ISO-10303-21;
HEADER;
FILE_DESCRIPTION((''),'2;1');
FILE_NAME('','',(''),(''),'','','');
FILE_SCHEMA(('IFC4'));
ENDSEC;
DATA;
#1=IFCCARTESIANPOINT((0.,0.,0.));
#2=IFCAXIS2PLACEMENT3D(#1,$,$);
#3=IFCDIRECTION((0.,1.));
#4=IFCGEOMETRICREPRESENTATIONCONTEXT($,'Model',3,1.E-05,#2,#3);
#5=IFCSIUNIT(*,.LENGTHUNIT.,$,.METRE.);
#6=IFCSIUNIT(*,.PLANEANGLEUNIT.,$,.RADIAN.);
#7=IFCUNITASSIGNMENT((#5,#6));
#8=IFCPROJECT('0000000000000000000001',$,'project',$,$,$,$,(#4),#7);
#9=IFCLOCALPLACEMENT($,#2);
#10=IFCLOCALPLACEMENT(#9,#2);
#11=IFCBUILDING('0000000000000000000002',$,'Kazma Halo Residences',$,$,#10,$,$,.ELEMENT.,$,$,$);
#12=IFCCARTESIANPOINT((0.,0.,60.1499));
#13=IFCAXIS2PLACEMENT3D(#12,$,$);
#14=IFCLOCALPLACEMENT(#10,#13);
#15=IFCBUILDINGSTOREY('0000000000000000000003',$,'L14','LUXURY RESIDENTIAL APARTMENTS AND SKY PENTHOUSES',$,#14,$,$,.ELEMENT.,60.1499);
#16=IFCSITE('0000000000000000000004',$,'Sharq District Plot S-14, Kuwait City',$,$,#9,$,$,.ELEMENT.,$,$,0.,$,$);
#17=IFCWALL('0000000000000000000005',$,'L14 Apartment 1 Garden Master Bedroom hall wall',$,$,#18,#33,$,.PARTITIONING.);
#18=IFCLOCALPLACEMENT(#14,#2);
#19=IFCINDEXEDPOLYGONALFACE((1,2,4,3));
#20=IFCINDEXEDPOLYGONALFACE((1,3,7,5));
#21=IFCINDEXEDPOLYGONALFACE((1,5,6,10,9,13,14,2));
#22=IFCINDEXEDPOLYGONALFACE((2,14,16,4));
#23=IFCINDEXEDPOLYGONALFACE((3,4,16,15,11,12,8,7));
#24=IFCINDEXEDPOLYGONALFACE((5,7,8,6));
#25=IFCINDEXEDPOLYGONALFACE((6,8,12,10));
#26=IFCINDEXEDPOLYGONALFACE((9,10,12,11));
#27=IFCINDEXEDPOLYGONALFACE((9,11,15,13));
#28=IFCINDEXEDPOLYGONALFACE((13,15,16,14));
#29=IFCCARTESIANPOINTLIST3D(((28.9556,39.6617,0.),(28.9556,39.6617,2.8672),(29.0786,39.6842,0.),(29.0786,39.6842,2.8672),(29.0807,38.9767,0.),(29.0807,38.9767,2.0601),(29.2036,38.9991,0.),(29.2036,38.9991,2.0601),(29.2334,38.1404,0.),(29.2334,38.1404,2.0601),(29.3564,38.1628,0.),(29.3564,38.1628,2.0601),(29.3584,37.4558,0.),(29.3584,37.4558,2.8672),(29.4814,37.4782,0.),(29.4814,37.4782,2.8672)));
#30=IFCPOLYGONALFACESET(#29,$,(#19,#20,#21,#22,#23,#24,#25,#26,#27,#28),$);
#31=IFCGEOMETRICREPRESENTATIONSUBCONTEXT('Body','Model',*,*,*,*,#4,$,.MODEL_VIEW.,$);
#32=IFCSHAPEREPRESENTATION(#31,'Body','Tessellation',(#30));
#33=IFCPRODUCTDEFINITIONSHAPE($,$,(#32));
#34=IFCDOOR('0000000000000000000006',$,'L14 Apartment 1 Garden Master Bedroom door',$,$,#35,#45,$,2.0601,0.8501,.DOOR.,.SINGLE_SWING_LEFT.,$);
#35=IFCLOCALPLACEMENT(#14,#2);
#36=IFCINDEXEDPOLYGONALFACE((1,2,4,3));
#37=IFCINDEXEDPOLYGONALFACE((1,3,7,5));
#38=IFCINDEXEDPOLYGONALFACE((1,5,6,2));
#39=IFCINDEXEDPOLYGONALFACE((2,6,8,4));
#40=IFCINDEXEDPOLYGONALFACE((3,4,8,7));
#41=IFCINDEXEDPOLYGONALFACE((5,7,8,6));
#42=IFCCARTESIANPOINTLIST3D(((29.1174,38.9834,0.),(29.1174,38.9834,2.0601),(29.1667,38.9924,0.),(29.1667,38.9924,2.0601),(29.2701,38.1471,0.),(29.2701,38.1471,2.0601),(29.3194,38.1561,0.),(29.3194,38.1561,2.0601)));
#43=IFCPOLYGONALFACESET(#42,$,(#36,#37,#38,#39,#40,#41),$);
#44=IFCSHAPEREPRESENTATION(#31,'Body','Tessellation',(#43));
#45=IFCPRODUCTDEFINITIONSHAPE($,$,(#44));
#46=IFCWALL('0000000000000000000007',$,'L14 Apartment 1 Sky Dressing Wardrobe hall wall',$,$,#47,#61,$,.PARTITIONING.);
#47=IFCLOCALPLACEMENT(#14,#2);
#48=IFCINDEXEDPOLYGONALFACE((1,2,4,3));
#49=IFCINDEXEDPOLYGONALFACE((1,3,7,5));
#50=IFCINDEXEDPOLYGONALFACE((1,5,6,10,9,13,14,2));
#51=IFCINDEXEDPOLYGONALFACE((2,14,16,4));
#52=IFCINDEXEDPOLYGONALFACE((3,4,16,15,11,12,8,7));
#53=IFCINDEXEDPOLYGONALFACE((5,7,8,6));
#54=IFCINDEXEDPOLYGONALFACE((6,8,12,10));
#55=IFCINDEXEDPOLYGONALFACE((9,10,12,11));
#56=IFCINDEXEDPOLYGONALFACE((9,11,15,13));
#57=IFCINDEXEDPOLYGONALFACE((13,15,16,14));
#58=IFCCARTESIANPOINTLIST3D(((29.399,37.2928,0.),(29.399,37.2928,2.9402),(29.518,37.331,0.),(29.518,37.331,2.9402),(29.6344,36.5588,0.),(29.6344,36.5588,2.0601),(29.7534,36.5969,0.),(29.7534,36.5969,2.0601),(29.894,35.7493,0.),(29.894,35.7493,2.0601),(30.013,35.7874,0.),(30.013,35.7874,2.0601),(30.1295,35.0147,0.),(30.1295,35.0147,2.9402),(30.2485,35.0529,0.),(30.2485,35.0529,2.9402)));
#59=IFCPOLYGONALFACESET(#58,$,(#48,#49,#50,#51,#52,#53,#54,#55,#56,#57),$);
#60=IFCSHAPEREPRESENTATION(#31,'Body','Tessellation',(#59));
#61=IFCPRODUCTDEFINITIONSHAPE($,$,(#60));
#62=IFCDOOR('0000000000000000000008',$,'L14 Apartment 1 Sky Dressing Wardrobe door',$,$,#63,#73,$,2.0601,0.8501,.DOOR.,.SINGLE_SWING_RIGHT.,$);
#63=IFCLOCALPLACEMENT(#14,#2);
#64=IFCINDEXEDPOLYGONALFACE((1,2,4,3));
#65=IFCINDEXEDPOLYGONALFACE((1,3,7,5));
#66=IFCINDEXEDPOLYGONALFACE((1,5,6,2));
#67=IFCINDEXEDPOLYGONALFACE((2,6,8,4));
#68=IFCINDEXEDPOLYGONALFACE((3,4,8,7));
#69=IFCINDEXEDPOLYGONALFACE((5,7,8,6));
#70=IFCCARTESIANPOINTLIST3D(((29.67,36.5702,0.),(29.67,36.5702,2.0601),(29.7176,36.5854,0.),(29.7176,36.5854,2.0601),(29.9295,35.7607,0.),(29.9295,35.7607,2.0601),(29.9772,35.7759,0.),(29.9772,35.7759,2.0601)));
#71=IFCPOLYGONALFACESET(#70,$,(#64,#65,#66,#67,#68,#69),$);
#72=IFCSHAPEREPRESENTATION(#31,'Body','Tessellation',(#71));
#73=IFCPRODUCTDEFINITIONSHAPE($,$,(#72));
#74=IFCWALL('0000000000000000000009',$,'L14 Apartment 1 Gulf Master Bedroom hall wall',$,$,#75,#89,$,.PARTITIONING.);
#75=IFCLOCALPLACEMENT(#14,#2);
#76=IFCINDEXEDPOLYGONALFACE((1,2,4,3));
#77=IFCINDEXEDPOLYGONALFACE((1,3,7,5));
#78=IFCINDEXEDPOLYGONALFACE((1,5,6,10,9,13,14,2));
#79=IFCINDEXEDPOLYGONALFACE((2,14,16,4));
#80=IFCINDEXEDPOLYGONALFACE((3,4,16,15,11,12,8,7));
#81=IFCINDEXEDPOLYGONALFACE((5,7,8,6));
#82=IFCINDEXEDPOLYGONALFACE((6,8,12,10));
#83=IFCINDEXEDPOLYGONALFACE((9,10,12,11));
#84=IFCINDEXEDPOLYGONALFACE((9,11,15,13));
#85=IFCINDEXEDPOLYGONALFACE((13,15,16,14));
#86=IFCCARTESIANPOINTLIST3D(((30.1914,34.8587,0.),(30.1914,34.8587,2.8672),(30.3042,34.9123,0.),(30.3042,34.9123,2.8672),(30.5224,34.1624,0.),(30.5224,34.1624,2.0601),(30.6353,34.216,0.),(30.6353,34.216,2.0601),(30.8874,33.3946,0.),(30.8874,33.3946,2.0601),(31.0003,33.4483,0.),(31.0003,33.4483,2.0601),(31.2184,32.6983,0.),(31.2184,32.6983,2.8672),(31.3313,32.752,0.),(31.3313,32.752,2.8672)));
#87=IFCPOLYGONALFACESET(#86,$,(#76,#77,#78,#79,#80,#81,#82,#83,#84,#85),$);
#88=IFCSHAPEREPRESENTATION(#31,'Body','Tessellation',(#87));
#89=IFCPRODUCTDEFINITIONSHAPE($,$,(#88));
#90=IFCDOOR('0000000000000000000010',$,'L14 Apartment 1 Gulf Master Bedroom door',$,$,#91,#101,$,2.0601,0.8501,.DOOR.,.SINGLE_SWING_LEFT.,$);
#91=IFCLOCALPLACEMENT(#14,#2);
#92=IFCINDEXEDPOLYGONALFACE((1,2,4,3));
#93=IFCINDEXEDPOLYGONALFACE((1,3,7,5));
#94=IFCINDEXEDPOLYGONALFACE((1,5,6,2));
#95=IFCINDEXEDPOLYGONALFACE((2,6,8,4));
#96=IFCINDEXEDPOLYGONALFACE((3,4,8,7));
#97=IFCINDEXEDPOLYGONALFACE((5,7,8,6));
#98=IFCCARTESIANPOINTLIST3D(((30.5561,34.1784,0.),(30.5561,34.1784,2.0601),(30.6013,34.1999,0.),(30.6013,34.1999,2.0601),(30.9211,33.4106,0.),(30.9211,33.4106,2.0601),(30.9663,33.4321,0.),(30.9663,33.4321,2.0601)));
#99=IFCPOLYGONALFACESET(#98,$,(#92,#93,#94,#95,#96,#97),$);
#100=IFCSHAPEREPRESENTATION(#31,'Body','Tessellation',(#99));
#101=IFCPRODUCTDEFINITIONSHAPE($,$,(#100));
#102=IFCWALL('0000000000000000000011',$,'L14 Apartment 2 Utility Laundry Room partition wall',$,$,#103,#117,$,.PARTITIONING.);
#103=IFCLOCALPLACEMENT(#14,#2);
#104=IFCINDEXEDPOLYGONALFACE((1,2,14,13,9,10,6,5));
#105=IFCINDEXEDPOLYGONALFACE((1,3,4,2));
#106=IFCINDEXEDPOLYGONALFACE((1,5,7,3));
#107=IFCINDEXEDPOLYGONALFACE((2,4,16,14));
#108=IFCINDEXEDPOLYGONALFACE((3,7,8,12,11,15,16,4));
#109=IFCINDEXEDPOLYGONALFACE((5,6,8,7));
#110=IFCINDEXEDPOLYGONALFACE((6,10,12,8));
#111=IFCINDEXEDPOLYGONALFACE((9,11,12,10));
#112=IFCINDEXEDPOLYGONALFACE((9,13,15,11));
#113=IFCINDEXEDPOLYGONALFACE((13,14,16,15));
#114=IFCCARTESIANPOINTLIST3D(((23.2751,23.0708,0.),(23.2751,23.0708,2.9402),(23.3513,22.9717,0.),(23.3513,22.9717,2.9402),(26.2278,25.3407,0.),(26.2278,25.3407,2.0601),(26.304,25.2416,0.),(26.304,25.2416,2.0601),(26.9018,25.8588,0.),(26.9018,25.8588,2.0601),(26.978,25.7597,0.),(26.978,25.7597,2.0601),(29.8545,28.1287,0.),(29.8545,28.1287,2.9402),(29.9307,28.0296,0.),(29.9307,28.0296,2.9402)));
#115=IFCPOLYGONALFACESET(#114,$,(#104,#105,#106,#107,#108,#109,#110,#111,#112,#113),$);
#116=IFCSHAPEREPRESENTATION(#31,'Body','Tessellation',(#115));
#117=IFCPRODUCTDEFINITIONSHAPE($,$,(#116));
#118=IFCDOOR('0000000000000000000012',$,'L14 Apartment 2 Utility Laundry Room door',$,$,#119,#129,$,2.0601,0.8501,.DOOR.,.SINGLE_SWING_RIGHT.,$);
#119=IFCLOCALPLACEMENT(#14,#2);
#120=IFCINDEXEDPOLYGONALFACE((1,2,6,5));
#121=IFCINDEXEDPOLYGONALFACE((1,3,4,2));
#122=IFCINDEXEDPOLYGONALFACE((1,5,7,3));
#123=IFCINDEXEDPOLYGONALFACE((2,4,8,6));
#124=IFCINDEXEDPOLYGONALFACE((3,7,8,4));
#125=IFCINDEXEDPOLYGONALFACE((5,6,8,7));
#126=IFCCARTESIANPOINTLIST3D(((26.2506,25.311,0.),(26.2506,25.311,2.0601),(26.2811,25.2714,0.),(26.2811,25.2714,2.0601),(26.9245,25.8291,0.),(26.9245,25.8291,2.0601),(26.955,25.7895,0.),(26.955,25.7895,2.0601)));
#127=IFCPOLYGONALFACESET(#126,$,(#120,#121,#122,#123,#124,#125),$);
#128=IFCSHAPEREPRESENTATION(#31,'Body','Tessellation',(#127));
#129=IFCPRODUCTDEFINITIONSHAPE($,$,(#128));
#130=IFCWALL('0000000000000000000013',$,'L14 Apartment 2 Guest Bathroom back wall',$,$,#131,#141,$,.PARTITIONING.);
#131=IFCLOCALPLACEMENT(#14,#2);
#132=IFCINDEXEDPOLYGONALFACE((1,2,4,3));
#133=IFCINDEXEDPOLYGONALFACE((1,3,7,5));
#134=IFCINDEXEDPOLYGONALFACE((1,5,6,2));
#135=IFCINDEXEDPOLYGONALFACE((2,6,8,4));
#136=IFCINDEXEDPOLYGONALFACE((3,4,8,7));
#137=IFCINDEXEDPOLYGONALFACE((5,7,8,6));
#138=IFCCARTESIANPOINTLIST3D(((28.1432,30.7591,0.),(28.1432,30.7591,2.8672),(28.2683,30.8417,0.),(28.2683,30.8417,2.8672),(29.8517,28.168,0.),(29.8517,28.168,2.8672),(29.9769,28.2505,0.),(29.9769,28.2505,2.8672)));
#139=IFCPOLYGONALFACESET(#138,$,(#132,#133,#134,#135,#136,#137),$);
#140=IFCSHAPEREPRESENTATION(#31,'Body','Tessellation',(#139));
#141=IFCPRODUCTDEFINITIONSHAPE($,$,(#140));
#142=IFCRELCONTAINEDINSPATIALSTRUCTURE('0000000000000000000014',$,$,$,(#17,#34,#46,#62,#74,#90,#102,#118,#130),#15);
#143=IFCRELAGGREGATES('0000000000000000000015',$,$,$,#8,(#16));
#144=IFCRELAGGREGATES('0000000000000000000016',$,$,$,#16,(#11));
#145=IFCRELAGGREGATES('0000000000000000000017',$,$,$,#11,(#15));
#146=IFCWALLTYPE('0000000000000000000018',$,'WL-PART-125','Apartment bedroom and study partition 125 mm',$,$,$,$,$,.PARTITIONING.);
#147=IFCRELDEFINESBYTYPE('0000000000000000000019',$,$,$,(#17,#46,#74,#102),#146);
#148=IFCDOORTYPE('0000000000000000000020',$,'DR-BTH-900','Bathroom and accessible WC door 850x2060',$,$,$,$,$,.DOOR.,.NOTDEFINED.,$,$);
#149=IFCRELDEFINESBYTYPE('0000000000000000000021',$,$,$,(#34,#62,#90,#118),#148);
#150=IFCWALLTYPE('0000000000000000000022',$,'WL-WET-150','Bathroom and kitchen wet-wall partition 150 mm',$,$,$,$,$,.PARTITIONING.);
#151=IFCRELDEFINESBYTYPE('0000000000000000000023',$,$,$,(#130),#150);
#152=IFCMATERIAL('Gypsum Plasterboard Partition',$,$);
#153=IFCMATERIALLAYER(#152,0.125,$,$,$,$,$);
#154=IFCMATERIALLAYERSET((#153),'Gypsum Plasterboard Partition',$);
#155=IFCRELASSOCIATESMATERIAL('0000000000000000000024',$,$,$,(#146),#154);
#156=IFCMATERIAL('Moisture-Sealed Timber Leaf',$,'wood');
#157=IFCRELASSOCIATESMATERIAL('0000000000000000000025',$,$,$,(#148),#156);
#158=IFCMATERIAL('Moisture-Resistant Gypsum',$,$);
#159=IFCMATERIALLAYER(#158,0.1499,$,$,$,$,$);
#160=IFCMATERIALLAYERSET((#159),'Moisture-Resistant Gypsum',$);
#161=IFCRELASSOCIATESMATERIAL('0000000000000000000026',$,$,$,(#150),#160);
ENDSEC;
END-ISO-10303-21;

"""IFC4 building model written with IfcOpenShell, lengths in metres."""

from ifc_helpers import new_model, si_unit, direction, frame, frame_2d, origin, place, context, subcontext, project, spatial, rectangle, extrude, material, layer, layer_set, type_object, element, fill, save


model = new_model("IFC4")

# Units and contexts
model_context = context("Model", 3, precision=1e-05, world=origin(), true_north=direction((0.0, 1.0)))
body_context = subcontext(model_context, "Body", "Model", "MODEL_VIEW")
ifc_project = project(units=[si_unit("LENGTHUNIT", "METRE"), si_unit("PLANEANGLEUNIT", "RADIAN")], contexts=[model_context])

# Site, building, storey
site_placement = place(None, origin())
site = spatial("IfcSite", under=ifc_project, at=site_placement, Name="Sharq District Plot S-14, Kuwait City", CompositionType="ELEMENT", RefElevation=0.0)
building_placement = place(site_placement, origin())
building = spatial("IfcBuilding", under=site, at=building_placement, Name="Kazma Halo Residences", CompositionType="ELEMENT")
storey_placement = place(building_placement, frame((0.0, 0.0, 60.1499)))
storey = spatial("IfcBuildingStorey", under=building, at=storey_placement, Name="L14", Description="LUXURY RESIDENTIAL APARTMENTS AND SKY PENTHOUSES", CompositionType="ELEMENT", Elevation=60.1499)

# Shared definitions
ifc_material_1 = material(Name="Gypsum Plasterboard Partition")
ifc_layer_1 = layer(ifc_material_1, 0.125)
ifc_layer_set_1 = layer_set([ifc_layer_1], Name="Gypsum Plasterboard Partition")
wall_type_1 = type_object("IfcWallType", Name="WL-PART-125", Description="Apartment bedroom and study partition 125 mm", PredefinedType="PARTITIONING", material=ifc_layer_set_1)

# Walls, openings, doors
wall_1_placement = place(storey_placement, frame((29.0171, 39.6729, 0.0), z_axis=(0.0, 0.0, 1.0), x_axis=(0.179633, -0.983734, 0.0)))
wall_1 = element("IfcWall", 1, at=wall_1_placement, inside=storey, type_object=wall_type_1, Name="L14 Apartment 1 Garden Master Bedroom hall wall", PredefinedType="PARTITIONING", context=body_context, shape_type="SweptSolid", body=[
    extrude(rectangle(XDim=2.2424, YDim=0.125, at=frame_2d((1.1211, 0.0))), origin(), (0.0, 0.0, 1.0), 2.8672),
])
opening_1_placement = place(wall_1_placement, frame((0.6963, 0.0, 0.0)))
opening_1 = element("IfcOpeningElement", 2, at=opening_1_placement, cuts=wall_1, PredefinedType="OPENING", context=body_context, shape_type="SweptSolid", body=[
    extrude(rectangle(XDim=0.8501, YDim=2.0601, at=frame_2d((0.425, 1.03))), frame((0.0, 0.0725, 0.0), z_axis=(0.0, -1.0, 0.0), x_axis=(1.0, 0.0, 0.0)), (0.0, 0.0, 1.0), 0.145),
])
ifc_material_2 = material(Name="Moisture-Sealed Timber Leaf", Category="wood")
door_type = type_object("IfcDoorType", Name="DR-BTH-900", Description="Bathroom and accessible WC door 850x2060", OperationType="NOTDEFINED", PredefinedType="DOOR", material=ifc_material_2)
door_1_placement = place(opening_1_placement, origin())
door_1 = element("IfcDoor", 3, at=door_1_placement, inside=storey, type_object=door_type, Name="L14 Apartment 1 Garden Master Bedroom door", OperationType="SINGLE_SWING_LEFT", OverallHeight=2.0601, OverallWidth=0.8501, PredefinedType="DOOR", context=body_context, shape_type="SweptSolid", body=[
    extrude(rectangle(XDim=0.8501, YDim=2.0601, at=frame_2d((0.425, 1.03))), frame((0.0, 0.0249, 0.0), z_axis=(0.0, -1.0, 0.0), x_axis=(1.0, 0.0, 0.0)), (0.0, 0.0, 1.0), 0.05),
])
fill(opening_1, door_1)
wall_2_placement = place(storey_placement, frame((29.4585, 37.312, 0.0), z_axis=(0.0, 0.0, 1.0), x_axis=(0.305339, -0.952244, 0.0)))
wall_2 = element("IfcWall", 4, at=wall_2_placement, inside=storey, type_object=wall_type_1, Name="L14 Apartment 1 Sky Dressing Wardrobe hall wall", PredefinedType="PARTITIONING", context=body_context, shape_type="SweptSolid", body=[
    extrude(rectangle(XDim=2.3923, YDim=0.125, at=frame_2d((1.1963, 0.0))), origin(), (0.0, 0.0, 1.0), 2.9402),
])
opening_2_placement = place(wall_2_placement, frame((0.771, 0.0, 0.0)))
opening_2 = element("IfcOpeningElement", 5, at=opening_2_placement, cuts=wall_2, PredefinedType="OPENING", context=body_context, shape_type="SweptSolid", body=[
    extrude(rectangle(XDim=0.8501, YDim=2.0601, at=frame_2d((0.425, 1.03))), frame((0.0, 0.0725, 0.0), z_axis=(0.0, -1.0, 0.0), x_axis=(1.0, 0.0, 0.0)), (0.0, 0.0, 1.0), 0.145),
])
door_2_placement = place(opening_2_placement, origin())
door_2 = element("IfcDoor", 6, at=door_2_placement, inside=storey, type_object=door_type, Name="L14 Apartment 1 Sky Dressing Wardrobe door", OperationType="SINGLE_SWING_RIGHT", OverallHeight=2.0601, OverallWidth=0.8501, PredefinedType="DOOR", context=body_context, shape_type="SweptSolid", body=[
    extrude(rectangle(XDim=0.8501, YDim=2.0601, at=frame_2d((0.425, 1.03))), frame((0.0, 0.0249, 0.0), z_axis=(0.0, -1.0, 0.0), x_axis=(1.0, 0.0, 0.0)), (0.0, 0.0, 1.0), 0.05),
])
fill(opening_2, door_2)
wall_3_placement = place(storey_placement, frame((30.2478, 34.8855, 0.0), z_axis=(0.0, 0.0, 1.0), x_axis=(0.429367, -0.90313, 0.0)))
wall_3 = element("IfcWall", 7, at=wall_3_placement, inside=storey, type_object=wall_type_1, Name="L14 Apartment 1 Gulf Master Bedroom hall wall", PredefinedType="PARTITIONING", context=body_context, shape_type="SweptSolid", body=[
    extrude(rectangle(XDim=2.3921, YDim=0.125, at=frame_2d((1.196, 0.0))), origin(), (0.0, 0.0, 1.0), 2.8672),
])
opening_3_placement = place(wall_3_placement, frame((0.771, 0.0, 0.0)))
opening_3 = element("IfcOpeningElement", 8, at=opening_3_placement, cuts=wall_3, PredefinedType="OPENING", context=body_context, shape_type="SweptSolid", body=[
    extrude(rectangle(XDim=0.8501, YDim=2.0601, at=frame_2d((0.425, 1.03))), frame((0.0, 0.0725, 0.0), z_axis=(0.0, -1.0, 0.0), x_axis=(1.0, 0.0, 0.0)), (0.0, 0.0, 1.0), 0.145),
])
door_3_placement = place(opening_3_placement, origin())
door_3 = element("IfcDoor", 9, at=door_3_placement, inside=storey, type_object=door_type, Name="L14 Apartment 1 Gulf Master Bedroom door", OperationType="SINGLE_SWING_LEFT", OverallHeight=2.0601, OverallWidth=0.8501, PredefinedType="DOOR", context=body_context, shape_type="SweptSolid", body=[
    extrude(rectangle(XDim=0.8501, YDim=2.0601, at=frame_2d((0.425, 1.03))), frame((0.0, 0.0249, 0.0), z_axis=(0.0, -1.0, 0.0), x_axis=(1.0, 0.0, 0.0)), (0.0, 0.0, 1.0), 0.05),
])
fill(opening_3, door_3)
wall_4_placement = place(storey_placement, frame((29.8926, 28.0791, 0.0), z_axis=(0.0, 0.0, 1.0), x_axis=(-0.792809, -0.60947, 0.0)))
wall_4 = element("IfcWall", 10, at=wall_4_placement, inside=storey, type_object=wall_type_1, Name="L14 Apartment 2 Utility Laundry Room partition wall", PredefinedType="PARTITIONING", context=body_context, shape_type="SweptSolid", body=[
    extrude(rectangle(XDim=8.2988, YDim=0.125, at=frame_2d((4.1494, 0.0))), origin(), (0.0, 0.0, 1.0), 2.9402),
])
opening_4_placement = place(wall_4_placement, frame((3.7244, 0.0, 0.0)))
opening_4 = element("IfcOpeningElement", 11, at=opening_4_placement, cuts=wall_4, PredefinedType="OPENING", context=body_context, shape_type="SweptSolid", body=[
    extrude(rectangle(XDim=0.8501, YDim=2.0601, at=frame_2d((0.425, 1.03))), frame((0.0, 0.0725, 0.0), z_axis=(0.0, -1.0, 0.0), x_axis=(1.0, 0.0, 0.0)), (0.0, 0.0, 1.0), 0.145),
])
door_4_placement = place(opening_4_placement, origin())
door_4 = element("IfcDoor", 12, at=door_4_placement, inside=storey, type_object=door_type, Name="L14 Apartment 2 Utility Laundry Room door", OperationType="SINGLE_SWING_RIGHT", OverallHeight=2.0601, OverallWidth=0.8501, PredefinedType="DOOR", context=body_context, shape_type="SweptSolid", body=[
    extrude(rectangle(XDim=0.8501, YDim=2.0601, at=frame_2d((0.425, 1.03))), frame((0.0, 0.0249, 0.0), z_axis=(0.0, -1.0, 0.0), x_axis=(1.0, 0.0, 0.0)), (0.0, 0.0, 1.0), 0.05),
])
fill(opening_4, door_4)

# Wall
ifc_material_3 = material(Name="Moisture-Resistant Gypsum")
ifc_layer_2 = layer(ifc_material_3, 0.1499)
ifc_layer_set_2 = layer_set([ifc_layer_2], Name="Moisture-Resistant Gypsum")
wall_type_2 = type_object("IfcWallType", Name="WL-WET-150", Description="Bathroom and kitchen wet-wall partition 150 mm", PredefinedType="PARTITIONING", material=ifc_layer_set_2)
wall_5_placement = place(storey_placement, frame((28.2058, 30.8003, 0.0), z_axis=(0.0, 0.0, 1.0), x_axis=(0.550482, -0.834847, 0.0)))
element("IfcWall", 13, at=wall_5_placement, inside=storey, type_object=wall_type_2, Name="L14 Apartment 2 Guest Bathroom back wall", PredefinedType="PARTITIONING", context=body_context, shape_type="SweptSolid", body=[
    extrude(rectangle(XDim=3.1038, YDim=0.1499, at=frame_2d((1.5518, 0.0))), origin(), (0.0, 0.0, 1.0), 2.8672),
])

save(model, "model.ifc")
